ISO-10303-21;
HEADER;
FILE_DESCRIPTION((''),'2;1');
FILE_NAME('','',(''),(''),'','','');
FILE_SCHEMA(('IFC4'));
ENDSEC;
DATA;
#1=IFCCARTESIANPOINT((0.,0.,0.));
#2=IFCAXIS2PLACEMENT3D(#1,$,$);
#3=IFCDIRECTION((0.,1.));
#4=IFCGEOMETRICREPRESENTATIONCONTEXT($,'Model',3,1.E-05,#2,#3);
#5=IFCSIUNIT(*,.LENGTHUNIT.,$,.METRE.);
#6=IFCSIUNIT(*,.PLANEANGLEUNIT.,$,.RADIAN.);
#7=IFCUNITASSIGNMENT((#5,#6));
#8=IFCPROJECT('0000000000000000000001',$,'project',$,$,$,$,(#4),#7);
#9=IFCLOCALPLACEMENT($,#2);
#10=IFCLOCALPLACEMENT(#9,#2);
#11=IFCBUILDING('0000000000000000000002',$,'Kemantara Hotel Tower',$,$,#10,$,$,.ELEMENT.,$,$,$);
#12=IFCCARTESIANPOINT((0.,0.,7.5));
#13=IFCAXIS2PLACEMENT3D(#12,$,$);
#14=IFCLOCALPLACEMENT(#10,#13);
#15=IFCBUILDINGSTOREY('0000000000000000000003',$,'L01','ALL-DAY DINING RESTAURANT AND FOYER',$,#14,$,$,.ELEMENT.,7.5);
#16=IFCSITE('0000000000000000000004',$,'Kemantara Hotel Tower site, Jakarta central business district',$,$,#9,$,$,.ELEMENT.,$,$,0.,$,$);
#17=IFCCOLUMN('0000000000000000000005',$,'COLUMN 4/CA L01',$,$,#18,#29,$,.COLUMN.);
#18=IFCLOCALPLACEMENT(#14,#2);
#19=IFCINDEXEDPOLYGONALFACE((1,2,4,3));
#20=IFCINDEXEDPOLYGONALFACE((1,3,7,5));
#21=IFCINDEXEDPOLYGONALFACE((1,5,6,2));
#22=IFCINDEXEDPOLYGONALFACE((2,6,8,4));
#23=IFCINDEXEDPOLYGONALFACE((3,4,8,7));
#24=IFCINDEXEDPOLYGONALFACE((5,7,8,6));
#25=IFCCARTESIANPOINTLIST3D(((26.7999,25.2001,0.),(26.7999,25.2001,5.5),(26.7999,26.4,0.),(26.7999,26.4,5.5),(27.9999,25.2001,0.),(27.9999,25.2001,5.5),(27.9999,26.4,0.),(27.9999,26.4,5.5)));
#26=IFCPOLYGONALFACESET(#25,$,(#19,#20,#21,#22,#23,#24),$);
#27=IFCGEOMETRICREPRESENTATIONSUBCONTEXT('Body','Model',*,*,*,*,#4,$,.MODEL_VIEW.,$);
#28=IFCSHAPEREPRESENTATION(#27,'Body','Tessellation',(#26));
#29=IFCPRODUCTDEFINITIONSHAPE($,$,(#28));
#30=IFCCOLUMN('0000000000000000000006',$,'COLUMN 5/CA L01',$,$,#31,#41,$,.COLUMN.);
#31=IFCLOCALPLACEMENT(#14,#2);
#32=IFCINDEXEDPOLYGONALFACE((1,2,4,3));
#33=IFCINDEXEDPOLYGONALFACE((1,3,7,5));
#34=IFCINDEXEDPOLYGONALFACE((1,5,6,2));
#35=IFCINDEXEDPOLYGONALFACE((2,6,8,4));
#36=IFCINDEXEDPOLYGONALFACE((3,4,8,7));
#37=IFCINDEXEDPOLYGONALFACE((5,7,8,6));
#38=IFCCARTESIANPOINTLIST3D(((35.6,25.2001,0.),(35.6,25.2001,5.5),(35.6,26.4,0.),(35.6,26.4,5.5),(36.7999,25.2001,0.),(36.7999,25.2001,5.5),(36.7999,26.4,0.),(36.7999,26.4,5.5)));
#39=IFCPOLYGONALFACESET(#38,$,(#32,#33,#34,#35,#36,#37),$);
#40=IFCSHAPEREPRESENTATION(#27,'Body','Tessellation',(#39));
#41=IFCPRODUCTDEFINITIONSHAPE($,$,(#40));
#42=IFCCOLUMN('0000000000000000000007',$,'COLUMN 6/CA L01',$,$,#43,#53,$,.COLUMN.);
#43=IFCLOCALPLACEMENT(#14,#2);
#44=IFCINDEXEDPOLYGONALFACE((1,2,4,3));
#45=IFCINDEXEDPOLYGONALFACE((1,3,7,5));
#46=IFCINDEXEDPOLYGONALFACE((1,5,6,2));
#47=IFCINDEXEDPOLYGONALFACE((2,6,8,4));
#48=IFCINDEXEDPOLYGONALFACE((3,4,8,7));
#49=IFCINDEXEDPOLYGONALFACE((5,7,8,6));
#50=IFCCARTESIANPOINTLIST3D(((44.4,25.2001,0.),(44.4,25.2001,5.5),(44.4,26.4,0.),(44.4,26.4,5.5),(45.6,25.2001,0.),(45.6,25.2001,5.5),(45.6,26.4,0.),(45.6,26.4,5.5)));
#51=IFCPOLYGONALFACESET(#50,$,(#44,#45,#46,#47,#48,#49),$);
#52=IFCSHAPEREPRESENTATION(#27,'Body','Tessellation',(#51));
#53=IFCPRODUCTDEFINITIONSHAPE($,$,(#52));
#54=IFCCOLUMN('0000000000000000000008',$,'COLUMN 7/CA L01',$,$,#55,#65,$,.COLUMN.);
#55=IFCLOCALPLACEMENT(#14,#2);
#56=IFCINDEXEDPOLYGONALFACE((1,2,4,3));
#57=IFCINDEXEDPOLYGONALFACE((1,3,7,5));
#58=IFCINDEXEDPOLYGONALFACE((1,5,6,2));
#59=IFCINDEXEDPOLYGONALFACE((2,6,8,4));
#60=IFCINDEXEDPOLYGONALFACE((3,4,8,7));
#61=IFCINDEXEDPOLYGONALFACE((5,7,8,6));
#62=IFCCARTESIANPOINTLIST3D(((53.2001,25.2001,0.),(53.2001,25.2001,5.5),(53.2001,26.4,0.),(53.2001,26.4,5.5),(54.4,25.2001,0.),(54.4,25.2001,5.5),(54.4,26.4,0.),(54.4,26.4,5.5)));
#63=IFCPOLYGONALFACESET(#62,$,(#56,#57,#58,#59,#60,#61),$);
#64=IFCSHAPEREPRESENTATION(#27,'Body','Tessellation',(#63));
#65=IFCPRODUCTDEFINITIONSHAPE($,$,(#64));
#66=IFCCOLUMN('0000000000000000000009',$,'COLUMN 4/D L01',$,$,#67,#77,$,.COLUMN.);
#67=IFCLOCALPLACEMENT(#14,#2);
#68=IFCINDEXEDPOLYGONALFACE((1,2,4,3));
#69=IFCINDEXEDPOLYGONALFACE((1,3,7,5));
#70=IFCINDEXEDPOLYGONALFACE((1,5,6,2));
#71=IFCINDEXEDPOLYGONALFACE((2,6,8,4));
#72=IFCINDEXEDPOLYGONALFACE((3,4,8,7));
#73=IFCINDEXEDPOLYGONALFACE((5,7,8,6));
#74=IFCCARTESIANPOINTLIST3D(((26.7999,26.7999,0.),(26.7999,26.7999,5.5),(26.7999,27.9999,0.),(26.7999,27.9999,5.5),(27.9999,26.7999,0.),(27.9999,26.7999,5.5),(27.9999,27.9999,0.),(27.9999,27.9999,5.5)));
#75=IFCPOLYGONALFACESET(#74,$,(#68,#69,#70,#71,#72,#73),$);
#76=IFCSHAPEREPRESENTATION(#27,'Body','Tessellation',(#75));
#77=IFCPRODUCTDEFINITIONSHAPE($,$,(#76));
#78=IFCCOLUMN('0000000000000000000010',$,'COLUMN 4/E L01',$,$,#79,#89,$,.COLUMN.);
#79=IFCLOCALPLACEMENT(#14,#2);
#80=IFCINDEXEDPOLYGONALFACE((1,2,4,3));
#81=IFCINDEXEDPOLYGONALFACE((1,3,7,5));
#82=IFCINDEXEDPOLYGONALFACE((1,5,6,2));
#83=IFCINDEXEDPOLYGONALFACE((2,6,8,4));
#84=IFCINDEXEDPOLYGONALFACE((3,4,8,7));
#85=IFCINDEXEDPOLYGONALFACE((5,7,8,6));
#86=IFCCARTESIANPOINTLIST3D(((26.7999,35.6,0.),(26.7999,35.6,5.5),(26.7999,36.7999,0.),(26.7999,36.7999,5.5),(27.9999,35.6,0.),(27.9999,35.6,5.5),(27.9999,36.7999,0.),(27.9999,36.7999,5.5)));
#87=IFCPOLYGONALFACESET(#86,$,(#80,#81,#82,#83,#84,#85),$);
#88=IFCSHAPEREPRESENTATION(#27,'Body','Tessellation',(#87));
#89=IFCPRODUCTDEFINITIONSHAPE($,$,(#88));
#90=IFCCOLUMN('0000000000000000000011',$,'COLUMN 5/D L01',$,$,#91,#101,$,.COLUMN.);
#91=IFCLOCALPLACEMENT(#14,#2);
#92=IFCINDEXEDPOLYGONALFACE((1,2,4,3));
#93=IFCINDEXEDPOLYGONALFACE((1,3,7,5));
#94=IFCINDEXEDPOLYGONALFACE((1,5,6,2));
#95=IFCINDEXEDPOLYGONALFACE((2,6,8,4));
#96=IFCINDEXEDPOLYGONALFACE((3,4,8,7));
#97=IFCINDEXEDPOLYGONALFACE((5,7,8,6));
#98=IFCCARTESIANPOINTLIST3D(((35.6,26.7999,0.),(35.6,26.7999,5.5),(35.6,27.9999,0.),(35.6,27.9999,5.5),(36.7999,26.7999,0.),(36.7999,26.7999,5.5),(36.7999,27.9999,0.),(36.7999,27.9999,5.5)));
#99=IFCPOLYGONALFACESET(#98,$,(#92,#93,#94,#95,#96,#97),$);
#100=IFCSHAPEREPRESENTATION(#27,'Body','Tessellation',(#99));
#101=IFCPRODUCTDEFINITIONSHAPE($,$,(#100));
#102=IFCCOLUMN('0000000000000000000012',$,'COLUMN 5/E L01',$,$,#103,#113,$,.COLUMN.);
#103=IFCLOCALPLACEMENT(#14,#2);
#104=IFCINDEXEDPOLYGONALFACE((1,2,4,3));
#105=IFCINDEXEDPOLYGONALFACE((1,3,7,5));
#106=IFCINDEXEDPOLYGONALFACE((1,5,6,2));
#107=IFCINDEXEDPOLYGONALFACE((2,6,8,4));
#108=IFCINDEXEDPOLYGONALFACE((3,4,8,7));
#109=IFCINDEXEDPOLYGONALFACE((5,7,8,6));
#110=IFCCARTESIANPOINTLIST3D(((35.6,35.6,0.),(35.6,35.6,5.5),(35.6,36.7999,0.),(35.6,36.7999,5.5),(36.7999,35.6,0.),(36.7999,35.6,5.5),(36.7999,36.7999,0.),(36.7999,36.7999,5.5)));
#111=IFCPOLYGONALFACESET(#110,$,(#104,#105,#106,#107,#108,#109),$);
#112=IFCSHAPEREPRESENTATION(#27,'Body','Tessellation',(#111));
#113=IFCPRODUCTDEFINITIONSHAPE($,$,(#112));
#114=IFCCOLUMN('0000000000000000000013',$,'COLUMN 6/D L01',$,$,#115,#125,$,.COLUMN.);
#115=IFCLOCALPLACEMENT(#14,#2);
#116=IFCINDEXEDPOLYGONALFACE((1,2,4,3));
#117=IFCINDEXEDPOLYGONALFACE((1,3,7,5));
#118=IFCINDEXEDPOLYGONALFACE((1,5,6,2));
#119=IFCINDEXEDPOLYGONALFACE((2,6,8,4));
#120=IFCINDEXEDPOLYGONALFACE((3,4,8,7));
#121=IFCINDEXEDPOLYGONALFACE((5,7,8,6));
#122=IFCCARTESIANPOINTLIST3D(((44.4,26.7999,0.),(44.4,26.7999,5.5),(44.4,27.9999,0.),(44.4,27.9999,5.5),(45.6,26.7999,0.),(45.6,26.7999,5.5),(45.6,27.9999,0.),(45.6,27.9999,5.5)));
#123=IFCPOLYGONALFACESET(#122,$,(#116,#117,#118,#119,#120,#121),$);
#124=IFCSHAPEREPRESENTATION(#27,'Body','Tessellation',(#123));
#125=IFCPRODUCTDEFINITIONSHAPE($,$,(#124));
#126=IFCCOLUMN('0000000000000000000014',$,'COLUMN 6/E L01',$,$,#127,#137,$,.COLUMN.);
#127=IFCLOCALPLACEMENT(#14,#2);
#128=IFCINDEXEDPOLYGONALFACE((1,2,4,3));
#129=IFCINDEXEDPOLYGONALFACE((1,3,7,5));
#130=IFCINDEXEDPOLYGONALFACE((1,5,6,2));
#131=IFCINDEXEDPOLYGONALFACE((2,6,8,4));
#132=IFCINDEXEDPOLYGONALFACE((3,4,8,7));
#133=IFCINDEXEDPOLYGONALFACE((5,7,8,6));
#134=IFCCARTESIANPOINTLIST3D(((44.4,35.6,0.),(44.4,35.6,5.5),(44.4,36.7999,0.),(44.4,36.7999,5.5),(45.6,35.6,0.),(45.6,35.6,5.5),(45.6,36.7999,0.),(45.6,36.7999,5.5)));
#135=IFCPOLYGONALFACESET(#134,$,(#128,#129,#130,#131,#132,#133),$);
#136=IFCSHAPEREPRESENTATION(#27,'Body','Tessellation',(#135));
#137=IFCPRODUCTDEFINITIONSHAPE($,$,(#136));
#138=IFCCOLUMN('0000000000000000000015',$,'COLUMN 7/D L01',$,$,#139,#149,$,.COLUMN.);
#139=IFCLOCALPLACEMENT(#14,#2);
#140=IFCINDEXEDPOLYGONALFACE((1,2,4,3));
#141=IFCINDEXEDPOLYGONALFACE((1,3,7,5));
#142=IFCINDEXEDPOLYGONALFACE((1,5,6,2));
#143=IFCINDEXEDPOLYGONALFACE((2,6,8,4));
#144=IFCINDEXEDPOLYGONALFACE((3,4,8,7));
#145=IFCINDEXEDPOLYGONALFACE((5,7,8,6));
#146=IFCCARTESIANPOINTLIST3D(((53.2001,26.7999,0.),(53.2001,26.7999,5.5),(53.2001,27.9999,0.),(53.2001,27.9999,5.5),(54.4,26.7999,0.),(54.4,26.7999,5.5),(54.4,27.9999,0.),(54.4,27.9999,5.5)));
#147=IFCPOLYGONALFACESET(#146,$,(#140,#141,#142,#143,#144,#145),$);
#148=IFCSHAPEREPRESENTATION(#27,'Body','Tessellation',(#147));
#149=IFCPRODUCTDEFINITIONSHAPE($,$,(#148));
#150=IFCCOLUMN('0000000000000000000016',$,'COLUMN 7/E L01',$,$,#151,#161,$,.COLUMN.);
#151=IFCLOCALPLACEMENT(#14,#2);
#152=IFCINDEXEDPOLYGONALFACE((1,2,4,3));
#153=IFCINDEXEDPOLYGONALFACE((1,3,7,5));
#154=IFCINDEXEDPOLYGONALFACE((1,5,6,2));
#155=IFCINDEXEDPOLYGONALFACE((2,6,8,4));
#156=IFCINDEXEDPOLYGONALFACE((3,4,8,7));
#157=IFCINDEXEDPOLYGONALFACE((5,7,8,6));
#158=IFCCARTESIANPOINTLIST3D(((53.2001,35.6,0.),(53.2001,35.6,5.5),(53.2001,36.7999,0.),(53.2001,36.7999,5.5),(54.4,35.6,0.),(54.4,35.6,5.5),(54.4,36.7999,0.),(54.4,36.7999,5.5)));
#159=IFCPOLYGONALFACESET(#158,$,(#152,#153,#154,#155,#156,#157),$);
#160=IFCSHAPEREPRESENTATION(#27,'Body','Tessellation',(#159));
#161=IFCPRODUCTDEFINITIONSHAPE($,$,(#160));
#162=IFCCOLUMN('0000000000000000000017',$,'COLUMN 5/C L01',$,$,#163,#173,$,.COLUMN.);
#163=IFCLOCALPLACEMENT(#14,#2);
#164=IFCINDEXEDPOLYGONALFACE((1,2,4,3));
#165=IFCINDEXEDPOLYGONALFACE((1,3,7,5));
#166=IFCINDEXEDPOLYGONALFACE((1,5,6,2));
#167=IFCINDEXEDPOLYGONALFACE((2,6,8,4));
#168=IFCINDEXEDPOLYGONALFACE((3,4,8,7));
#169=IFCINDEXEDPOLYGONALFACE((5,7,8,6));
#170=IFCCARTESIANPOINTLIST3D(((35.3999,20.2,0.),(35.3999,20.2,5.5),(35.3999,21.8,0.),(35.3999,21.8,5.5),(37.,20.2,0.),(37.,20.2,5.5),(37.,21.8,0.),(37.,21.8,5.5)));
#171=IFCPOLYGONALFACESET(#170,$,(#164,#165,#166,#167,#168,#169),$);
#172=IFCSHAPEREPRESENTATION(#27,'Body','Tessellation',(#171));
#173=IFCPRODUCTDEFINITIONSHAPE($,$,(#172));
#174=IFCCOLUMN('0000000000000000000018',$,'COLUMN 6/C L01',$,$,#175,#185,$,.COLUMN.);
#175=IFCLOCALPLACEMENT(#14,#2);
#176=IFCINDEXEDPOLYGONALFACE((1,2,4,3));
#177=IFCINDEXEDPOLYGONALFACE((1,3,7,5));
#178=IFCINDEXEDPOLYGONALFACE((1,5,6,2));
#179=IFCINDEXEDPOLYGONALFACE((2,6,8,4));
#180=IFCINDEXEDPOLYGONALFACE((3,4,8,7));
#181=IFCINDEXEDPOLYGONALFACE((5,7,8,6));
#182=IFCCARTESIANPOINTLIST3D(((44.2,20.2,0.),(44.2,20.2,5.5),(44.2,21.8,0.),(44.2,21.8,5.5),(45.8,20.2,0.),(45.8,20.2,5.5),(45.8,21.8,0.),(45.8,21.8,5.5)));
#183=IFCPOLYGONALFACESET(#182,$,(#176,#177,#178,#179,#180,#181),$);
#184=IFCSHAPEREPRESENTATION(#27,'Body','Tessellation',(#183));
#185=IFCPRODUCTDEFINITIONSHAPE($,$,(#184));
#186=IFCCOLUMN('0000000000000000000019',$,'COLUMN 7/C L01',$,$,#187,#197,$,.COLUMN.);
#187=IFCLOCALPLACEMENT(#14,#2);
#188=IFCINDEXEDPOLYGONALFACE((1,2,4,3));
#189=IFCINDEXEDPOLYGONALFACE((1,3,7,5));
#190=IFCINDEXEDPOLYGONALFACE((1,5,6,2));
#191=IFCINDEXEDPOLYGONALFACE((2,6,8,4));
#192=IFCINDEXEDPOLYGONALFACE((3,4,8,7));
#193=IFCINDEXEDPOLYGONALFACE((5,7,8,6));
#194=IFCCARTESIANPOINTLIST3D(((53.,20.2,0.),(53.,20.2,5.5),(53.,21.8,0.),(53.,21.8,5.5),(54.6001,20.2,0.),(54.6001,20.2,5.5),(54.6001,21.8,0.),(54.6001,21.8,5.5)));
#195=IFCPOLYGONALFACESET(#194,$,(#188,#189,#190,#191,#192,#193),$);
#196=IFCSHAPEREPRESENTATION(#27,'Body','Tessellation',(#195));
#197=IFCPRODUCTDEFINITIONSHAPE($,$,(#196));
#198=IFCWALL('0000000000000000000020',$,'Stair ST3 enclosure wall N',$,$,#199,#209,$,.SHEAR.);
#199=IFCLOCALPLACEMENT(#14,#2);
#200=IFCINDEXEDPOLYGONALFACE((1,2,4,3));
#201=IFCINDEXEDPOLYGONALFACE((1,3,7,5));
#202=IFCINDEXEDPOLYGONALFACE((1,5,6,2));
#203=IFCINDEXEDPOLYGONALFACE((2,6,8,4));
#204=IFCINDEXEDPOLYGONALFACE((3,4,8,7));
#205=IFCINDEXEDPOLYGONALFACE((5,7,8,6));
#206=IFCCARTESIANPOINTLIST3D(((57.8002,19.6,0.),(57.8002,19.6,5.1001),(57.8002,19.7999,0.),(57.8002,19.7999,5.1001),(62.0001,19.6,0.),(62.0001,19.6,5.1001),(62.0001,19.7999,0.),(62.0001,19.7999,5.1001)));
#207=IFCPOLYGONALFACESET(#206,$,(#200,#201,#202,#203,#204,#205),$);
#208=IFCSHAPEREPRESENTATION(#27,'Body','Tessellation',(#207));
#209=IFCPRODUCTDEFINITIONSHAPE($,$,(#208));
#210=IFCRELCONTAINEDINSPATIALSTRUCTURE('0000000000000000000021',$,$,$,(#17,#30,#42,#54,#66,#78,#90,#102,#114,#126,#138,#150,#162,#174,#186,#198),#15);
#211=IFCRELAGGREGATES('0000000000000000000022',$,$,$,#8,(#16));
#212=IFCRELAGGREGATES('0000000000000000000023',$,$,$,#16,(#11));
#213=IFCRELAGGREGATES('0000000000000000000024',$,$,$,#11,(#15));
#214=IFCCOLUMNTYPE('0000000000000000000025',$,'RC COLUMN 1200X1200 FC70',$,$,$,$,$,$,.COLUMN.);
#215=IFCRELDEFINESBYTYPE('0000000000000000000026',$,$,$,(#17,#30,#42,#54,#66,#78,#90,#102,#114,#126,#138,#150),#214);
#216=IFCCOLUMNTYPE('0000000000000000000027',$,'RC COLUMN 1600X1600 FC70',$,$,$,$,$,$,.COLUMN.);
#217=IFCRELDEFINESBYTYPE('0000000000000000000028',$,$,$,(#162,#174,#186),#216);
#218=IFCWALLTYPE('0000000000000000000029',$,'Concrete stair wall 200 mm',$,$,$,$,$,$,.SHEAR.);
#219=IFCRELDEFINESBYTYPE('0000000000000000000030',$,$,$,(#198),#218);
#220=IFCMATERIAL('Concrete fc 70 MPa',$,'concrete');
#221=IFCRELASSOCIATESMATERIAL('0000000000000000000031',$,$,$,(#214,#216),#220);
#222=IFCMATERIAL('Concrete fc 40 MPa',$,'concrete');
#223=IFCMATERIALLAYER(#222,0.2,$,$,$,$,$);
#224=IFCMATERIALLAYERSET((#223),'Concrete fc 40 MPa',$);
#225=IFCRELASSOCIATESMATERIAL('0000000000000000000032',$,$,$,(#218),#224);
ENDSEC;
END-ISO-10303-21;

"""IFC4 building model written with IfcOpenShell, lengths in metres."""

from ifc_helpers import new_model, si_unit, direction, frame, frame_2d, origin, origin_2d, place, context, subcontext, project, spatial, rectangle, extrude, material, layer, layer_set, material_profile, profile_set, type_object, element, save


model = new_model("IFC4")

# Units and contexts
model_context = context("Model", 3, precision=1e-05, world=origin(), true_north=direction((0.0, 1.0)))
body_context = subcontext(model_context, "Body", "Model", "MODEL_VIEW")
ifc_project = project(units=[si_unit("LENGTHUNIT", "METRE"), si_unit("PLANEANGLEUNIT", "RADIAN")], contexts=[model_context])

# Site, building, storey
site_placement = place(None, origin())
site = spatial("IfcSite", under=ifc_project, at=site_placement, Name="Kemantara Hotel Tower site, Jakarta central business district", CompositionType="ELEMENT", RefElevation=0.0)
building_placement = place(site_placement, origin())
building = spatial("IfcBuilding", under=site, at=building_placement, Name="Kemantara Hotel Tower", CompositionType="ELEMENT")
storey_placement = place(building_placement, frame((0.0, 0.0, 7.5)))
storey = spatial("IfcBuildingStorey", under=building, at=storey_placement, Name="L01", Description="ALL-DAY DINING RESTAURANT AND FOYER", CompositionType="ELEMENT", Elevation=7.5)

# Columns
ifc_material_1 = material(Name="Concrete fc 70 MPa", Category="concrete")
ifc_material_profile_1 = material_profile(ifc_material_1, rectangle(XDim=1.2, YDim=1.2, at=origin_2d()), Name="RC 1200X1200")
ifc_profile_set_1 = profile_set([ifc_material_profile_1], Name="Concrete fc 70 MPa")
column_type_1 = type_object("IfcColumnType", Name="RC COLUMN 1200X1200 FC70", PredefinedType="COLUMN", material=ifc_profile_set_1)
for number, where, z_axis, x_axis, name in (
    (1, (27.3999, 25.8, 0.0), (0.0, 0.0, 1.0), (1.0, 0.0, 0.0), "COLUMN 4/CA L01"),
    (2, (36.2, 25.8, 0.0), (0.0, 0.0, 1.0), (1.0, 0.0, 0.0), "COLUMN 5/CA L01"),
    (3, (45.0, 25.8, 0.0), (0.0, 0.0, 1.0), (1.0, 0.0, 0.0), "COLUMN 6/CA L01"),
    (4, (53.8, 25.8, 0.0), (0.0, 0.0, 1.0), (1.0, 0.0, 0.0), "COLUMN 7/CA L01"),
    (5, (27.3999, 27.3999, 0.0), (0.0, 0.0, 1.0), (1.0, 0.0, 0.0), "COLUMN 4/D L01"),
    (6, (27.3999, 36.2, 0.0), (0.0, 0.0, 1.0), (1.0, 0.0, 0.0), "COLUMN 4/E L01"),
    (7, (36.2, 27.3999, 0.0), (0.0, 0.0, 1.0), (1.0, 0.0, 0.0), "COLUMN 5/D L01"),
    (8, (36.2, 36.2, 0.0), (0.0, 0.0, 1.0), (1.0, 0.0, 0.0), "COLUMN 5/E L01"),
    (9, (45.0, 27.3999, 0.0), (0.0, 0.0, 1.0), (1.0, 0.0, 0.0), "COLUMN 6/D L01"),
    (10, (45.0, 36.2, 0.0), (0.0, 0.0, 1.0), (1.0, 0.0, 0.0), "COLUMN 6/E L01"),
    (11, (53.8, 27.3999, 0.0), (0.0, 0.0, 1.0), (1.0, 0.0, 0.0), "COLUMN 7/D L01"),
    (12, (53.8, 36.2, 0.0), (0.0, 0.0, 1.0), (1.0, 0.0, 0.0), "COLUMN 7/E L01"),
):
    element("IfcColumn", number, at=place(storey_placement, frame(where, z_axis=z_axis, x_axis=x_axis)), inside=storey, type_object=column_type_1, Name=name, PredefinedType="COLUMN", context=body_context, shape_type="SweptSolid", body=[
        extrude(rectangle(XDim=1.2, YDim=1.2, at=origin_2d()), origin(), (0.0, 0.0, 1.0), 5.5),
    ])
ifc_material_profile_2 = material_profile(ifc_material_1, rectangle(XDim=1.6001, YDim=1.6001, at=origin_2d()), Name="RC 1600X1600")
ifc_profile_set_2 = profile_set([ifc_material_profile_2], Name="Concrete fc 70 MPa")
column_type_2 = type_object("IfcColumnType", Name="RC COLUMN 1600X1600 FC70", PredefinedType="COLUMN", material=ifc_profile_set_2)
for number, where, z_axis, x_axis, name in (
    (13, (36.2, 21.0, 0.0), (0.0, 0.0, 1.0), (1.0, 0.0, 0.0), "COLUMN 5/C L01"),
    (14, (45.0, 21.0, 0.0), (0.0, 0.0, 1.0), (1.0, 0.0, 0.0), "COLUMN 6/C L01"),
    (15, (53.8, 21.0, 0.0), (0.0, 0.0, 1.0), (1.0, 0.0, 0.0), "COLUMN 7/C L01"),
):
    element("IfcColumn", number, at=place(storey_placement, frame(where, z_axis=z_axis, x_axis=x_axis)), inside=storey, type_object=column_type_2, Name=name, PredefinedType="COLUMN", context=body_context, shape_type="SweptSolid", body=[
        extrude(rectangle(XDim=1.6001, YDim=1.6001, at=origin_2d()), origin(), (0.0, 0.0, 1.0), 5.5),
    ])

# Wall
ifc_material_2 = material(Name="Concrete fc 40 MPa", Category="concrete")
ifc_layer_1 = layer(ifc_material_2, 0.2)
ifc_layer_set_1 = layer_set([ifc_layer_1], Name="Concrete fc 40 MPa")
wall_type_1 = type_object("IfcWallType", Name="Concrete stair wall 200 mm", PredefinedType="SHEAR", material=ifc_layer_set_1)
wall_1_placement = place(storey_placement, frame((57.8, 19.7, 0.0), z_axis=(0.0, 0.0, 1.0), x_axis=(1.0, 0.0, 0.0)))
element("IfcWall", 16, at=wall_1_placement, inside=storey, type_object=wall_type_1, Name="Stair ST3 enclosure wall N", PredefinedType="SHEAR", context=body_context, shape_type="SweptSolid", body=[
    extrude(rectangle(XDim=4.2, YDim=0.2, at=frame_2d((2.1001, 0.0))), origin(), (0.0, 0.0, 1.0), 5.1001),
])

save(model, "model.ifc")
